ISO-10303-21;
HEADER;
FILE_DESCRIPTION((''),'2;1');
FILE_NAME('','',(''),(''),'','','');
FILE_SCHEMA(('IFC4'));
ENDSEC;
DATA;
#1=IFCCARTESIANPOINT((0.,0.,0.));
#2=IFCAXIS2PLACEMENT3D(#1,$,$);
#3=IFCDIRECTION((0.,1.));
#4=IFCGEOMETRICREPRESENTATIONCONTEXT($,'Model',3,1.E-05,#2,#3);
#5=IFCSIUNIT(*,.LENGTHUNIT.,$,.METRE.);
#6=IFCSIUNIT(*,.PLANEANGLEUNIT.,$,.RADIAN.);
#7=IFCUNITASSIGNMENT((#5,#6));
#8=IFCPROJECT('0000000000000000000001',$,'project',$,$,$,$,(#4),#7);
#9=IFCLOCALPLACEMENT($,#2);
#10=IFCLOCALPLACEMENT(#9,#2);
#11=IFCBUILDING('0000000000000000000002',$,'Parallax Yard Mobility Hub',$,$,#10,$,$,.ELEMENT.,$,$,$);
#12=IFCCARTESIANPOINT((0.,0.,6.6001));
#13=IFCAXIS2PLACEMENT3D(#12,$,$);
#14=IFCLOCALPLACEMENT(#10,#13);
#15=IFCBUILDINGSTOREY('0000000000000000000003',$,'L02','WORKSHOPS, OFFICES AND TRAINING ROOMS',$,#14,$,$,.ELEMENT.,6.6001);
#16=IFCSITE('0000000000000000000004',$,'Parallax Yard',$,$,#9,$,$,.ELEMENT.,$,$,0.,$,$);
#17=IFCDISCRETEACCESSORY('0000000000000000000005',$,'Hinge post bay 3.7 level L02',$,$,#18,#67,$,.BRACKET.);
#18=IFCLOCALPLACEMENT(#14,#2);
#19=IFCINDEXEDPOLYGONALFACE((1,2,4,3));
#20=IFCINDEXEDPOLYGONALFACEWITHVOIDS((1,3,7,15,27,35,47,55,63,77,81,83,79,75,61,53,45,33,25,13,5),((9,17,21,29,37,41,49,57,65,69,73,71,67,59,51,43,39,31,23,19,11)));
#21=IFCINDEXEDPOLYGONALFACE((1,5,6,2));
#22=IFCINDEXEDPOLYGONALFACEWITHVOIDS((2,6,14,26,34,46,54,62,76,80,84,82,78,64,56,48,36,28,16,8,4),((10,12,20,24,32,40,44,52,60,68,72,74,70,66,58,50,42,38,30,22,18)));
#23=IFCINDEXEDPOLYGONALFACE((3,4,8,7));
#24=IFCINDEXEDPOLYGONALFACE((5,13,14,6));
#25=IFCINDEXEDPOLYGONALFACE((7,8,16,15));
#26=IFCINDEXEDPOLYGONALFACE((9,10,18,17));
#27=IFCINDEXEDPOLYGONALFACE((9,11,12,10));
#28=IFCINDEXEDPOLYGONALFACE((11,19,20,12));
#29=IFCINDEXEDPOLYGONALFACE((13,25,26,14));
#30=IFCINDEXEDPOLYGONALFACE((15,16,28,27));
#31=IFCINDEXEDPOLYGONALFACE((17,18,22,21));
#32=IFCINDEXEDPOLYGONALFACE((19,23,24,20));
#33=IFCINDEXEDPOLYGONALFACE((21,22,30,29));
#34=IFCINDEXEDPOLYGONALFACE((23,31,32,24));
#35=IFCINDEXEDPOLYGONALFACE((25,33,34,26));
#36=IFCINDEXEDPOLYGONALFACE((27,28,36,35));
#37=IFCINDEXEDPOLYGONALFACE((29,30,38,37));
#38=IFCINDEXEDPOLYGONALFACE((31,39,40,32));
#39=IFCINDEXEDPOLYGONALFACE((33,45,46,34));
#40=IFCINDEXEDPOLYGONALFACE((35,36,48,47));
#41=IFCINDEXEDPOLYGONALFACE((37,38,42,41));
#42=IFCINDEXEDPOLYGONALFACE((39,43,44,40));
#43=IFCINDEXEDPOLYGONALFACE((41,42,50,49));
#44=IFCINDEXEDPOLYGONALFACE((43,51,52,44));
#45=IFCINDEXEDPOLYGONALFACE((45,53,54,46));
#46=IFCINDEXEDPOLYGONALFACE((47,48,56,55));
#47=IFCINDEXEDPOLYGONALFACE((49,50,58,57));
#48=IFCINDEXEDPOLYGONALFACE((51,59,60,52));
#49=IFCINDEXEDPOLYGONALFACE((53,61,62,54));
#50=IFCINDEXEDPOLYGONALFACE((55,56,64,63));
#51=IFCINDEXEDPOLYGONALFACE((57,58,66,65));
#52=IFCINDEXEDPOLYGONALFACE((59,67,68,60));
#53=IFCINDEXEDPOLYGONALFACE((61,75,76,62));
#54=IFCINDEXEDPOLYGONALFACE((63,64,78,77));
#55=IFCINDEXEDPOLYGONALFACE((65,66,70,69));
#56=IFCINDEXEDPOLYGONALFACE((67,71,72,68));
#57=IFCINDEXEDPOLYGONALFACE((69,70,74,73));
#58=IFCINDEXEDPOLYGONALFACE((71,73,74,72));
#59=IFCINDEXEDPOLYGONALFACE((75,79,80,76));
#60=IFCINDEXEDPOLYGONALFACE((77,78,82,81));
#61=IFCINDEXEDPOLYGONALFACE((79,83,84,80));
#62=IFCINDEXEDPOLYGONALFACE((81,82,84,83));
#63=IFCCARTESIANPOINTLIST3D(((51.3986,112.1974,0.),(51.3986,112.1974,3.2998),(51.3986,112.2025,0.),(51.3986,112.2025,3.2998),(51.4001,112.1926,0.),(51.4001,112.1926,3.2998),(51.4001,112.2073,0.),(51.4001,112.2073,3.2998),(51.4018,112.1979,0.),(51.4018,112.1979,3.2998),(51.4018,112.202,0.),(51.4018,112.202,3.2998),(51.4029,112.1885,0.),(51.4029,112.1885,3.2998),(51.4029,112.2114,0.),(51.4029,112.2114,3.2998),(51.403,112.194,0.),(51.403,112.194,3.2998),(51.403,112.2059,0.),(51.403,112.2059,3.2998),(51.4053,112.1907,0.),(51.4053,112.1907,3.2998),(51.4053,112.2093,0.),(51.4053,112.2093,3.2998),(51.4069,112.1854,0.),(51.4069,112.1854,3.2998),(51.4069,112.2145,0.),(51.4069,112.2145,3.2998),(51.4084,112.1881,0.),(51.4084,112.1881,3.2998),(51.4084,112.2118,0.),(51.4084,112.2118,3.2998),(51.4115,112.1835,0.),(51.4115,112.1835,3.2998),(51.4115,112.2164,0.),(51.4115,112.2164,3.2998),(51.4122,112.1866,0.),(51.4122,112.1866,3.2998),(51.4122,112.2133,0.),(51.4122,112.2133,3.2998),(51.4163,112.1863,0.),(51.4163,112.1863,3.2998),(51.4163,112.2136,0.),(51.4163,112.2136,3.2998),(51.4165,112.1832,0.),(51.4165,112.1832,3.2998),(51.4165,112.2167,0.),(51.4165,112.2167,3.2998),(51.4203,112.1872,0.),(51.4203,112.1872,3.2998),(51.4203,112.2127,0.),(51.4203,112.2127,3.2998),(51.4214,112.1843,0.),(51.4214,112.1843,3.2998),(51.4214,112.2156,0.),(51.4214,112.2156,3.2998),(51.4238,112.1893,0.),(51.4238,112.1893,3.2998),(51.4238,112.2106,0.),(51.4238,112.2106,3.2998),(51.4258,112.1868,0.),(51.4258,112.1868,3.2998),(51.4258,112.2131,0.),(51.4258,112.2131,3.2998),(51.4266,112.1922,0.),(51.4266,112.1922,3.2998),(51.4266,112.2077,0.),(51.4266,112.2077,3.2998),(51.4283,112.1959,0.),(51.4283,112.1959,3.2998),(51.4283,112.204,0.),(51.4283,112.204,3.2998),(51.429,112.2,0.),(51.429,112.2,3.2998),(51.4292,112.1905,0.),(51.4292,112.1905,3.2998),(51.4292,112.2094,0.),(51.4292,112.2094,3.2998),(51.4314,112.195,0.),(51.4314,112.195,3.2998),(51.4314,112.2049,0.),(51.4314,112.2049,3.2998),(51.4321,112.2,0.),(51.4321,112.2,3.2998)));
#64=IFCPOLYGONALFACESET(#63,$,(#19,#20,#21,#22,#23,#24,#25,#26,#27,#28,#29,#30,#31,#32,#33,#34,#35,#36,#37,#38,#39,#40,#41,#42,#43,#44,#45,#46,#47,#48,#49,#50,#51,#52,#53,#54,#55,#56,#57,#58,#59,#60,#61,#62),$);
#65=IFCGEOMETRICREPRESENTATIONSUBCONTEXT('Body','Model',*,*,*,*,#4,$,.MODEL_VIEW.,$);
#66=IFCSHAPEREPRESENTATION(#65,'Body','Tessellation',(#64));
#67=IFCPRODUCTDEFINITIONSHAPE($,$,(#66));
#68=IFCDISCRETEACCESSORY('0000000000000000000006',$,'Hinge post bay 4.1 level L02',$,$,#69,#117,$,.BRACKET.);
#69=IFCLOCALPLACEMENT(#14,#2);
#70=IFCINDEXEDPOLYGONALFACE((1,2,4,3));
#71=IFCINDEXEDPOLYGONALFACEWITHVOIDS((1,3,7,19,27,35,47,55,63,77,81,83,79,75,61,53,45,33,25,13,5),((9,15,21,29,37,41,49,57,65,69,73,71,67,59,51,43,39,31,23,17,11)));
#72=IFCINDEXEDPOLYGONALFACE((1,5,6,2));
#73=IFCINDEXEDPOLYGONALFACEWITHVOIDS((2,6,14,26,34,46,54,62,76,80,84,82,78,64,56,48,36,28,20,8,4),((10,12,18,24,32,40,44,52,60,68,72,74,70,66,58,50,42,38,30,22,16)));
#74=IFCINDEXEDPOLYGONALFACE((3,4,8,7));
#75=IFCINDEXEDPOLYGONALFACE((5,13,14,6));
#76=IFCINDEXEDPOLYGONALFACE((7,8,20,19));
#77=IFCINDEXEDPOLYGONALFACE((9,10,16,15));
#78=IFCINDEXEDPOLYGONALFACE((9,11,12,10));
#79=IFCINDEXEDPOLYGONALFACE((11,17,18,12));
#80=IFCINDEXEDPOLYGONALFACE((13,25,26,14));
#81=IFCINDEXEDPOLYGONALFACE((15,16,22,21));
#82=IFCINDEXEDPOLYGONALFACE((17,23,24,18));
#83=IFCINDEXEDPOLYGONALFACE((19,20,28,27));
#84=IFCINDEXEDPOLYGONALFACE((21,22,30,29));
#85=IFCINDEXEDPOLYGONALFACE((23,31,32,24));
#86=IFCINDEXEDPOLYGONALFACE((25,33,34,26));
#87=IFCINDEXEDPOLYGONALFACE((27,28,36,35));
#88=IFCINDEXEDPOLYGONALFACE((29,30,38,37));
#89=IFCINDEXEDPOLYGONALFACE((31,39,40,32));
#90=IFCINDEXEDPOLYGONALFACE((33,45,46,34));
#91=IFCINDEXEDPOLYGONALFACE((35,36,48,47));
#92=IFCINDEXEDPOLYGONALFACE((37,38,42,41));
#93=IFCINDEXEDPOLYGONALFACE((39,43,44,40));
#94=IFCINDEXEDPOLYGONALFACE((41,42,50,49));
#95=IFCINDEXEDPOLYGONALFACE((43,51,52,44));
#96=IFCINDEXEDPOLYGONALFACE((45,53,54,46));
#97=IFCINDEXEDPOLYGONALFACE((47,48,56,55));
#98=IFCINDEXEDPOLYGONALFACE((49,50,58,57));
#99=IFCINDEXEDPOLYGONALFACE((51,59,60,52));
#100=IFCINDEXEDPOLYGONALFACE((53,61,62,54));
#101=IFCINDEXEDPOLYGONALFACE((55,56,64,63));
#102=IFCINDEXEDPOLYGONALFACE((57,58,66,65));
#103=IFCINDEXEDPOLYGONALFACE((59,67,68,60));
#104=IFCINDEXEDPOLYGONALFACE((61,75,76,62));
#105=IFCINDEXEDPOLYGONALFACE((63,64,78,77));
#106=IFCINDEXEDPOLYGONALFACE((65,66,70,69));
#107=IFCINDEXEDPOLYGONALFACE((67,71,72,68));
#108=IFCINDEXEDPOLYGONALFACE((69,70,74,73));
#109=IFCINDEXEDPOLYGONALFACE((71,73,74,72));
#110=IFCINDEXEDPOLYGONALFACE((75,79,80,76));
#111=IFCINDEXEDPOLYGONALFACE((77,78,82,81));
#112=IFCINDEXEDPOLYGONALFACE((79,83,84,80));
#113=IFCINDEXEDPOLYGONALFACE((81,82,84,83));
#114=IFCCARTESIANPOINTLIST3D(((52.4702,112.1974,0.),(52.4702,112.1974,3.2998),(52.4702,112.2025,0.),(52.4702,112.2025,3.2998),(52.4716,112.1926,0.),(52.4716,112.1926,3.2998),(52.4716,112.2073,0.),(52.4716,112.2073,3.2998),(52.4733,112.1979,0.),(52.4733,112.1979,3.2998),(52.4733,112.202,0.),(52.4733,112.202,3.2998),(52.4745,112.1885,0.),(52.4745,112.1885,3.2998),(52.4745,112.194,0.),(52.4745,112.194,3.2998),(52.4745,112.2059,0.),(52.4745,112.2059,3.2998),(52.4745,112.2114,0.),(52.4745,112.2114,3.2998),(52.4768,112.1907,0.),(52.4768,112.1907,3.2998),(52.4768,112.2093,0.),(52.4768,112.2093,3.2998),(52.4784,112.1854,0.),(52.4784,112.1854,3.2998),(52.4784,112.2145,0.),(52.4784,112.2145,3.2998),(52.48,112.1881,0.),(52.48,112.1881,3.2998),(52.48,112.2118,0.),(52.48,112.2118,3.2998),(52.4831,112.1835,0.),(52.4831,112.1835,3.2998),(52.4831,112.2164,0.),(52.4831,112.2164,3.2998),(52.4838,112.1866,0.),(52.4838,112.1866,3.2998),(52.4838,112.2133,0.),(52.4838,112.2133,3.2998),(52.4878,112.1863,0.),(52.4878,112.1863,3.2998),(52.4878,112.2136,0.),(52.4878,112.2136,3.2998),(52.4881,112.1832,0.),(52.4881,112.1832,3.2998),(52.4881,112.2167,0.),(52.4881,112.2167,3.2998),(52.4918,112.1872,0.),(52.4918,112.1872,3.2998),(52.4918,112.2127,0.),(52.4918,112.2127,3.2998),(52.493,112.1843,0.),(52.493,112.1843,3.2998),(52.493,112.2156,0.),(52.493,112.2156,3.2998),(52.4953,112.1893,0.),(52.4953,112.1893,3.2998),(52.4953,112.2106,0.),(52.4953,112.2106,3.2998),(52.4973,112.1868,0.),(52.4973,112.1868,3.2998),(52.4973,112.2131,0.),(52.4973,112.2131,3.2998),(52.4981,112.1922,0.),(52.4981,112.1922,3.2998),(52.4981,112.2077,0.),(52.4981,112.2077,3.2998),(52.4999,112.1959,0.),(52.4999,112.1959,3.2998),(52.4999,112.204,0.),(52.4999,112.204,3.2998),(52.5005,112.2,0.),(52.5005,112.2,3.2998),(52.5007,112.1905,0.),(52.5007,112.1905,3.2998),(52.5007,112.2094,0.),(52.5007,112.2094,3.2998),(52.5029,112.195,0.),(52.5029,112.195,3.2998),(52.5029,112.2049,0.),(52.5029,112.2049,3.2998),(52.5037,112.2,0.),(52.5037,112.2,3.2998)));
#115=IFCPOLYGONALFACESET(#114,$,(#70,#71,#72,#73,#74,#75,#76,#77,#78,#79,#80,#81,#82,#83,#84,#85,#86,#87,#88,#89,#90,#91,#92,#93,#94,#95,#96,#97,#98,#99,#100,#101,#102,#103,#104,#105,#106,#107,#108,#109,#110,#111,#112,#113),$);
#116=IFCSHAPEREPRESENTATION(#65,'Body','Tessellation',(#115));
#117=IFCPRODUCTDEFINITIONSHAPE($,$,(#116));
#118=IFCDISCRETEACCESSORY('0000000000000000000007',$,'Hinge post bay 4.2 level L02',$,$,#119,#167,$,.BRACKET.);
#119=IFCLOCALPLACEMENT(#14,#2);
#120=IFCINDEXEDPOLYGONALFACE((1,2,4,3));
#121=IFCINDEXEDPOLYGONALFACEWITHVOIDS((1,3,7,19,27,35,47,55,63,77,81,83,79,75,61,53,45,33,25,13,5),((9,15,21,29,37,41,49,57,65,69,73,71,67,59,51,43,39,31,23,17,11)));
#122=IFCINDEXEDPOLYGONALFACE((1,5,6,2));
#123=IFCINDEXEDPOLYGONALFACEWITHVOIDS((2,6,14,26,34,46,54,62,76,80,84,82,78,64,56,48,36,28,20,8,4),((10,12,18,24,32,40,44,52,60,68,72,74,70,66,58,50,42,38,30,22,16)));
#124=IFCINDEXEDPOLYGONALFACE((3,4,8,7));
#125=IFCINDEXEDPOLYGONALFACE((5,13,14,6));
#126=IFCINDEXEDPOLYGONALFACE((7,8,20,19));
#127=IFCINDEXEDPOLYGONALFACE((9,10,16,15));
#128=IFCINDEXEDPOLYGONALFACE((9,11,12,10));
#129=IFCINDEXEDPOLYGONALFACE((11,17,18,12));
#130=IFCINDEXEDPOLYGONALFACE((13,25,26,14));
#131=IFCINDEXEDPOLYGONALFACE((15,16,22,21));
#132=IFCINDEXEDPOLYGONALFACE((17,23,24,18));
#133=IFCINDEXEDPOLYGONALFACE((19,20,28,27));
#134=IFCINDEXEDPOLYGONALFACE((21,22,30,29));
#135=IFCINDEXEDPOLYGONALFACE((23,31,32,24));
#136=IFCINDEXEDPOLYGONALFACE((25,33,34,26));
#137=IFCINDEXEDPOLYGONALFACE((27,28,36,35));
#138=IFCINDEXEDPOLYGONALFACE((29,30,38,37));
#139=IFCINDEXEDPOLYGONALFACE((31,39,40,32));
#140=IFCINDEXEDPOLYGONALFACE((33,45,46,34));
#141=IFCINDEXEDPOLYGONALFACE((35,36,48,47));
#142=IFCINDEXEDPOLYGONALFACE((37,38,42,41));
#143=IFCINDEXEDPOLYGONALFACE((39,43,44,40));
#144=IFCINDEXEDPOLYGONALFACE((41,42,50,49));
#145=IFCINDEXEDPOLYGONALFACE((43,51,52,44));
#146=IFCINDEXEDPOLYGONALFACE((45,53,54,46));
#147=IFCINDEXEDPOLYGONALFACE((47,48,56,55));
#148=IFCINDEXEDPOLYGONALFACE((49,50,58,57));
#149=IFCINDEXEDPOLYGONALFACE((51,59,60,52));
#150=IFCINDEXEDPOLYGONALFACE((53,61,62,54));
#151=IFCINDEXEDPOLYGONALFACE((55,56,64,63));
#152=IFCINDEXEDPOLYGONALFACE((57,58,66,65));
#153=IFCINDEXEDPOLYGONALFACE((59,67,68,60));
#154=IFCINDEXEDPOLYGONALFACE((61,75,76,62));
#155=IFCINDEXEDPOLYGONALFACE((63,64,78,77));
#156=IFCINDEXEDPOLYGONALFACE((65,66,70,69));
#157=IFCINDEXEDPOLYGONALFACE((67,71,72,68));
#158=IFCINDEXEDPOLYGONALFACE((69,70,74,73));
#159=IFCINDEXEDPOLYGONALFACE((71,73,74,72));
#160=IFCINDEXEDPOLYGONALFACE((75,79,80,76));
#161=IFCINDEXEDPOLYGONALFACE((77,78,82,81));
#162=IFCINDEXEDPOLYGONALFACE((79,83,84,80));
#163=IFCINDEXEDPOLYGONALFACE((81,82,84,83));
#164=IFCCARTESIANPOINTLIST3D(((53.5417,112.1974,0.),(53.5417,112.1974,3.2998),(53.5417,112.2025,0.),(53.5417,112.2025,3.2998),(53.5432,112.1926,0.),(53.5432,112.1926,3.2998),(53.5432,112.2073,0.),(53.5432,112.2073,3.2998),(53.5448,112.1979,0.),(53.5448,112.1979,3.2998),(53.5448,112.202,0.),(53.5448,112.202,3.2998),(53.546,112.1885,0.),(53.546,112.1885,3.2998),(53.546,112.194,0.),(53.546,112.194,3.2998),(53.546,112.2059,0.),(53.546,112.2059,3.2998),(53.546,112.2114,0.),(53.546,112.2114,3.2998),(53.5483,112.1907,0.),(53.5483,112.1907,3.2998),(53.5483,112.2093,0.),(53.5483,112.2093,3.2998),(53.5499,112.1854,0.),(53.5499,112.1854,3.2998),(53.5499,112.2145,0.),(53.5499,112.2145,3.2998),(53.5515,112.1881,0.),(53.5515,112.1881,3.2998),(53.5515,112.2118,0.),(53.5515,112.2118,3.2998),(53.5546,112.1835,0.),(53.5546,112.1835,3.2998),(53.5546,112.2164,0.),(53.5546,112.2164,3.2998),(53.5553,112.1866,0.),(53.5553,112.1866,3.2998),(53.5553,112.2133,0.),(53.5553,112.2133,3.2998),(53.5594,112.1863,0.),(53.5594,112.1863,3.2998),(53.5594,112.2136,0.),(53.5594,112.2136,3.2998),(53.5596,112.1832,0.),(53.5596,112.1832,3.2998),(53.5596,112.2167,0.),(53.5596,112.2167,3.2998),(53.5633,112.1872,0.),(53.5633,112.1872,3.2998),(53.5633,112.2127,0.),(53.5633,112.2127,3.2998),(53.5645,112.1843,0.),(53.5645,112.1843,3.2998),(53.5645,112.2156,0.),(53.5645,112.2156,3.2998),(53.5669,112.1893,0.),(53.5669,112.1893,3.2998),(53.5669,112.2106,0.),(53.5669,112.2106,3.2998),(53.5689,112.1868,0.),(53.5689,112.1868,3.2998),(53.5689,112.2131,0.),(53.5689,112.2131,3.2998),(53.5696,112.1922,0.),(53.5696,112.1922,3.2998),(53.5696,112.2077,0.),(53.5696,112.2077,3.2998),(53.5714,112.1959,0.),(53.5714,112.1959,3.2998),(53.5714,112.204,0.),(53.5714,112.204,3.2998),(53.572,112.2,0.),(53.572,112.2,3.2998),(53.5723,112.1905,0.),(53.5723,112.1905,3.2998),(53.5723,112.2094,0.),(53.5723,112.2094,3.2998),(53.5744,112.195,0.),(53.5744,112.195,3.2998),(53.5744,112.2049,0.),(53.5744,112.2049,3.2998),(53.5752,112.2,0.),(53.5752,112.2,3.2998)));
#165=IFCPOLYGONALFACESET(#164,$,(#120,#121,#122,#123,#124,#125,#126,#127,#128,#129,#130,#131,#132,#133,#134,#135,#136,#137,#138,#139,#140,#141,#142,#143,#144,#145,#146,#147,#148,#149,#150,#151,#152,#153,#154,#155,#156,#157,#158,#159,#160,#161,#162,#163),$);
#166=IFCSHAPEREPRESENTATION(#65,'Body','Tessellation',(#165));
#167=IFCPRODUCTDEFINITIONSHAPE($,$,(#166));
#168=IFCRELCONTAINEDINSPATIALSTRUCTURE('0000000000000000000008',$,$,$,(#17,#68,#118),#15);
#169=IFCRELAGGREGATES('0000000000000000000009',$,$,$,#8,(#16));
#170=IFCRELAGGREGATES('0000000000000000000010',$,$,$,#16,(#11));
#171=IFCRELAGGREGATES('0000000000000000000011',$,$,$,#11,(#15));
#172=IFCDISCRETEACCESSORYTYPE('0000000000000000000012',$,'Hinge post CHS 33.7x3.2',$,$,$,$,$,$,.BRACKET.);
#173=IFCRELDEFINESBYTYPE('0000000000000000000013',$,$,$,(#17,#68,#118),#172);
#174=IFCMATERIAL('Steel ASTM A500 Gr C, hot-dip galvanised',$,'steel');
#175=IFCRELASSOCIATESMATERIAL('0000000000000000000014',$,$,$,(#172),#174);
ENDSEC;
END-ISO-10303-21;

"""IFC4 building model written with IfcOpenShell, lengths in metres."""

from ifc_helpers import new_model, si_unit, direction, frame, origin, origin_2d, place, context, subcontext, project, spatial, hollow_circle, extrude, material, material_profile, profile_set, type_object, element, save


model = new_model("IFC4")

# Units and contexts
model_context = context("Model", 3, precision=1e-05, world=origin(), true_north=direction((0.0, 1.0)))
body_context = subcontext(model_context, "Body", "Model", "MODEL_VIEW")
ifc_project = project(units=[si_unit("LENGTHUNIT", "METRE"), si_unit("PLANEANGLEUNIT", "RADIAN")], contexts=[model_context])

# Site, building, storey
site_placement = place(None, origin())
site = spatial("IfcSite", under=ifc_project, at=site_placement, Name="Parallax Yard", CompositionType="ELEMENT", RefElevation=0.0)
building_placement = place(site_placement, origin())
building = spatial("IfcBuilding", under=site, at=building_placement, Name="Parallax Yard Mobility Hub", CompositionType="ELEMENT")
storey_placement = place(building_placement, frame((0.0, 0.0, 6.6001)))
storey = spatial("IfcBuildingStorey", under=building, at=storey_placement, Name="L02", Description="WORKSHOPS, OFFICES AND TRAINING ROOMS", CompositionType="ELEMENT", Elevation=6.6001)

# Discrete accessories
ifc_material_1 = material(Name="Steel ASTM A500 Gr C, hot-dip galvanised", Category="steel")
ifc_material_profile_1 = material_profile(ifc_material_1, hollow_circle(Radius=0.0168, WallThickness=0.0032, at=origin_2d()), Name="CHS 33.7x3.2")
ifc_profile_set_1 = profile_set([ifc_material_profile_1], Name="Steel ASTM A500 Gr C, hot-dip galvanised")
discrete_accessory_type_1 = type_object("IfcDiscreteAccessoryType", Name="Hinge post CHS 33.7x3.2", PredefinedType="BRACKET", material=ifc_profile_set_1)
for number, where, z_axis, x_axis, name in (
    (1, (51.4153, 112.2, 0.0), (0.0, 0.0, 1.0), (1.0, 0.0, 0.0), "Hinge post bay 3.7 level L02"),
    (2, (52.4868, 112.2, 0.0), (0.0, 0.0, 1.0), (1.0, 0.0, 0.0), "Hinge post bay 4.1 level L02"),
    (3, (53.5583, 112.2, 0.0), (0.0, 0.0, 1.0), (1.0, 0.0, 0.0), "Hinge post bay 4.2 level L02"),
):
    element("IfcDiscreteAccessory", number, at=place(storey_placement, frame(where, z_axis=z_axis, x_axis=x_axis)), inside=storey, type_object=discrete_accessory_type_1, Name=name, PredefinedType="BRACKET", context=body_context, shape_type="SweptSolid", body=[
        extrude(hollow_circle(Radius=0.0168, WallThickness=0.0032, at=origin_2d()), origin(), (0.0, 0.0, 1.0), 3.2998),
    ])

save(model, "model.ifc")
